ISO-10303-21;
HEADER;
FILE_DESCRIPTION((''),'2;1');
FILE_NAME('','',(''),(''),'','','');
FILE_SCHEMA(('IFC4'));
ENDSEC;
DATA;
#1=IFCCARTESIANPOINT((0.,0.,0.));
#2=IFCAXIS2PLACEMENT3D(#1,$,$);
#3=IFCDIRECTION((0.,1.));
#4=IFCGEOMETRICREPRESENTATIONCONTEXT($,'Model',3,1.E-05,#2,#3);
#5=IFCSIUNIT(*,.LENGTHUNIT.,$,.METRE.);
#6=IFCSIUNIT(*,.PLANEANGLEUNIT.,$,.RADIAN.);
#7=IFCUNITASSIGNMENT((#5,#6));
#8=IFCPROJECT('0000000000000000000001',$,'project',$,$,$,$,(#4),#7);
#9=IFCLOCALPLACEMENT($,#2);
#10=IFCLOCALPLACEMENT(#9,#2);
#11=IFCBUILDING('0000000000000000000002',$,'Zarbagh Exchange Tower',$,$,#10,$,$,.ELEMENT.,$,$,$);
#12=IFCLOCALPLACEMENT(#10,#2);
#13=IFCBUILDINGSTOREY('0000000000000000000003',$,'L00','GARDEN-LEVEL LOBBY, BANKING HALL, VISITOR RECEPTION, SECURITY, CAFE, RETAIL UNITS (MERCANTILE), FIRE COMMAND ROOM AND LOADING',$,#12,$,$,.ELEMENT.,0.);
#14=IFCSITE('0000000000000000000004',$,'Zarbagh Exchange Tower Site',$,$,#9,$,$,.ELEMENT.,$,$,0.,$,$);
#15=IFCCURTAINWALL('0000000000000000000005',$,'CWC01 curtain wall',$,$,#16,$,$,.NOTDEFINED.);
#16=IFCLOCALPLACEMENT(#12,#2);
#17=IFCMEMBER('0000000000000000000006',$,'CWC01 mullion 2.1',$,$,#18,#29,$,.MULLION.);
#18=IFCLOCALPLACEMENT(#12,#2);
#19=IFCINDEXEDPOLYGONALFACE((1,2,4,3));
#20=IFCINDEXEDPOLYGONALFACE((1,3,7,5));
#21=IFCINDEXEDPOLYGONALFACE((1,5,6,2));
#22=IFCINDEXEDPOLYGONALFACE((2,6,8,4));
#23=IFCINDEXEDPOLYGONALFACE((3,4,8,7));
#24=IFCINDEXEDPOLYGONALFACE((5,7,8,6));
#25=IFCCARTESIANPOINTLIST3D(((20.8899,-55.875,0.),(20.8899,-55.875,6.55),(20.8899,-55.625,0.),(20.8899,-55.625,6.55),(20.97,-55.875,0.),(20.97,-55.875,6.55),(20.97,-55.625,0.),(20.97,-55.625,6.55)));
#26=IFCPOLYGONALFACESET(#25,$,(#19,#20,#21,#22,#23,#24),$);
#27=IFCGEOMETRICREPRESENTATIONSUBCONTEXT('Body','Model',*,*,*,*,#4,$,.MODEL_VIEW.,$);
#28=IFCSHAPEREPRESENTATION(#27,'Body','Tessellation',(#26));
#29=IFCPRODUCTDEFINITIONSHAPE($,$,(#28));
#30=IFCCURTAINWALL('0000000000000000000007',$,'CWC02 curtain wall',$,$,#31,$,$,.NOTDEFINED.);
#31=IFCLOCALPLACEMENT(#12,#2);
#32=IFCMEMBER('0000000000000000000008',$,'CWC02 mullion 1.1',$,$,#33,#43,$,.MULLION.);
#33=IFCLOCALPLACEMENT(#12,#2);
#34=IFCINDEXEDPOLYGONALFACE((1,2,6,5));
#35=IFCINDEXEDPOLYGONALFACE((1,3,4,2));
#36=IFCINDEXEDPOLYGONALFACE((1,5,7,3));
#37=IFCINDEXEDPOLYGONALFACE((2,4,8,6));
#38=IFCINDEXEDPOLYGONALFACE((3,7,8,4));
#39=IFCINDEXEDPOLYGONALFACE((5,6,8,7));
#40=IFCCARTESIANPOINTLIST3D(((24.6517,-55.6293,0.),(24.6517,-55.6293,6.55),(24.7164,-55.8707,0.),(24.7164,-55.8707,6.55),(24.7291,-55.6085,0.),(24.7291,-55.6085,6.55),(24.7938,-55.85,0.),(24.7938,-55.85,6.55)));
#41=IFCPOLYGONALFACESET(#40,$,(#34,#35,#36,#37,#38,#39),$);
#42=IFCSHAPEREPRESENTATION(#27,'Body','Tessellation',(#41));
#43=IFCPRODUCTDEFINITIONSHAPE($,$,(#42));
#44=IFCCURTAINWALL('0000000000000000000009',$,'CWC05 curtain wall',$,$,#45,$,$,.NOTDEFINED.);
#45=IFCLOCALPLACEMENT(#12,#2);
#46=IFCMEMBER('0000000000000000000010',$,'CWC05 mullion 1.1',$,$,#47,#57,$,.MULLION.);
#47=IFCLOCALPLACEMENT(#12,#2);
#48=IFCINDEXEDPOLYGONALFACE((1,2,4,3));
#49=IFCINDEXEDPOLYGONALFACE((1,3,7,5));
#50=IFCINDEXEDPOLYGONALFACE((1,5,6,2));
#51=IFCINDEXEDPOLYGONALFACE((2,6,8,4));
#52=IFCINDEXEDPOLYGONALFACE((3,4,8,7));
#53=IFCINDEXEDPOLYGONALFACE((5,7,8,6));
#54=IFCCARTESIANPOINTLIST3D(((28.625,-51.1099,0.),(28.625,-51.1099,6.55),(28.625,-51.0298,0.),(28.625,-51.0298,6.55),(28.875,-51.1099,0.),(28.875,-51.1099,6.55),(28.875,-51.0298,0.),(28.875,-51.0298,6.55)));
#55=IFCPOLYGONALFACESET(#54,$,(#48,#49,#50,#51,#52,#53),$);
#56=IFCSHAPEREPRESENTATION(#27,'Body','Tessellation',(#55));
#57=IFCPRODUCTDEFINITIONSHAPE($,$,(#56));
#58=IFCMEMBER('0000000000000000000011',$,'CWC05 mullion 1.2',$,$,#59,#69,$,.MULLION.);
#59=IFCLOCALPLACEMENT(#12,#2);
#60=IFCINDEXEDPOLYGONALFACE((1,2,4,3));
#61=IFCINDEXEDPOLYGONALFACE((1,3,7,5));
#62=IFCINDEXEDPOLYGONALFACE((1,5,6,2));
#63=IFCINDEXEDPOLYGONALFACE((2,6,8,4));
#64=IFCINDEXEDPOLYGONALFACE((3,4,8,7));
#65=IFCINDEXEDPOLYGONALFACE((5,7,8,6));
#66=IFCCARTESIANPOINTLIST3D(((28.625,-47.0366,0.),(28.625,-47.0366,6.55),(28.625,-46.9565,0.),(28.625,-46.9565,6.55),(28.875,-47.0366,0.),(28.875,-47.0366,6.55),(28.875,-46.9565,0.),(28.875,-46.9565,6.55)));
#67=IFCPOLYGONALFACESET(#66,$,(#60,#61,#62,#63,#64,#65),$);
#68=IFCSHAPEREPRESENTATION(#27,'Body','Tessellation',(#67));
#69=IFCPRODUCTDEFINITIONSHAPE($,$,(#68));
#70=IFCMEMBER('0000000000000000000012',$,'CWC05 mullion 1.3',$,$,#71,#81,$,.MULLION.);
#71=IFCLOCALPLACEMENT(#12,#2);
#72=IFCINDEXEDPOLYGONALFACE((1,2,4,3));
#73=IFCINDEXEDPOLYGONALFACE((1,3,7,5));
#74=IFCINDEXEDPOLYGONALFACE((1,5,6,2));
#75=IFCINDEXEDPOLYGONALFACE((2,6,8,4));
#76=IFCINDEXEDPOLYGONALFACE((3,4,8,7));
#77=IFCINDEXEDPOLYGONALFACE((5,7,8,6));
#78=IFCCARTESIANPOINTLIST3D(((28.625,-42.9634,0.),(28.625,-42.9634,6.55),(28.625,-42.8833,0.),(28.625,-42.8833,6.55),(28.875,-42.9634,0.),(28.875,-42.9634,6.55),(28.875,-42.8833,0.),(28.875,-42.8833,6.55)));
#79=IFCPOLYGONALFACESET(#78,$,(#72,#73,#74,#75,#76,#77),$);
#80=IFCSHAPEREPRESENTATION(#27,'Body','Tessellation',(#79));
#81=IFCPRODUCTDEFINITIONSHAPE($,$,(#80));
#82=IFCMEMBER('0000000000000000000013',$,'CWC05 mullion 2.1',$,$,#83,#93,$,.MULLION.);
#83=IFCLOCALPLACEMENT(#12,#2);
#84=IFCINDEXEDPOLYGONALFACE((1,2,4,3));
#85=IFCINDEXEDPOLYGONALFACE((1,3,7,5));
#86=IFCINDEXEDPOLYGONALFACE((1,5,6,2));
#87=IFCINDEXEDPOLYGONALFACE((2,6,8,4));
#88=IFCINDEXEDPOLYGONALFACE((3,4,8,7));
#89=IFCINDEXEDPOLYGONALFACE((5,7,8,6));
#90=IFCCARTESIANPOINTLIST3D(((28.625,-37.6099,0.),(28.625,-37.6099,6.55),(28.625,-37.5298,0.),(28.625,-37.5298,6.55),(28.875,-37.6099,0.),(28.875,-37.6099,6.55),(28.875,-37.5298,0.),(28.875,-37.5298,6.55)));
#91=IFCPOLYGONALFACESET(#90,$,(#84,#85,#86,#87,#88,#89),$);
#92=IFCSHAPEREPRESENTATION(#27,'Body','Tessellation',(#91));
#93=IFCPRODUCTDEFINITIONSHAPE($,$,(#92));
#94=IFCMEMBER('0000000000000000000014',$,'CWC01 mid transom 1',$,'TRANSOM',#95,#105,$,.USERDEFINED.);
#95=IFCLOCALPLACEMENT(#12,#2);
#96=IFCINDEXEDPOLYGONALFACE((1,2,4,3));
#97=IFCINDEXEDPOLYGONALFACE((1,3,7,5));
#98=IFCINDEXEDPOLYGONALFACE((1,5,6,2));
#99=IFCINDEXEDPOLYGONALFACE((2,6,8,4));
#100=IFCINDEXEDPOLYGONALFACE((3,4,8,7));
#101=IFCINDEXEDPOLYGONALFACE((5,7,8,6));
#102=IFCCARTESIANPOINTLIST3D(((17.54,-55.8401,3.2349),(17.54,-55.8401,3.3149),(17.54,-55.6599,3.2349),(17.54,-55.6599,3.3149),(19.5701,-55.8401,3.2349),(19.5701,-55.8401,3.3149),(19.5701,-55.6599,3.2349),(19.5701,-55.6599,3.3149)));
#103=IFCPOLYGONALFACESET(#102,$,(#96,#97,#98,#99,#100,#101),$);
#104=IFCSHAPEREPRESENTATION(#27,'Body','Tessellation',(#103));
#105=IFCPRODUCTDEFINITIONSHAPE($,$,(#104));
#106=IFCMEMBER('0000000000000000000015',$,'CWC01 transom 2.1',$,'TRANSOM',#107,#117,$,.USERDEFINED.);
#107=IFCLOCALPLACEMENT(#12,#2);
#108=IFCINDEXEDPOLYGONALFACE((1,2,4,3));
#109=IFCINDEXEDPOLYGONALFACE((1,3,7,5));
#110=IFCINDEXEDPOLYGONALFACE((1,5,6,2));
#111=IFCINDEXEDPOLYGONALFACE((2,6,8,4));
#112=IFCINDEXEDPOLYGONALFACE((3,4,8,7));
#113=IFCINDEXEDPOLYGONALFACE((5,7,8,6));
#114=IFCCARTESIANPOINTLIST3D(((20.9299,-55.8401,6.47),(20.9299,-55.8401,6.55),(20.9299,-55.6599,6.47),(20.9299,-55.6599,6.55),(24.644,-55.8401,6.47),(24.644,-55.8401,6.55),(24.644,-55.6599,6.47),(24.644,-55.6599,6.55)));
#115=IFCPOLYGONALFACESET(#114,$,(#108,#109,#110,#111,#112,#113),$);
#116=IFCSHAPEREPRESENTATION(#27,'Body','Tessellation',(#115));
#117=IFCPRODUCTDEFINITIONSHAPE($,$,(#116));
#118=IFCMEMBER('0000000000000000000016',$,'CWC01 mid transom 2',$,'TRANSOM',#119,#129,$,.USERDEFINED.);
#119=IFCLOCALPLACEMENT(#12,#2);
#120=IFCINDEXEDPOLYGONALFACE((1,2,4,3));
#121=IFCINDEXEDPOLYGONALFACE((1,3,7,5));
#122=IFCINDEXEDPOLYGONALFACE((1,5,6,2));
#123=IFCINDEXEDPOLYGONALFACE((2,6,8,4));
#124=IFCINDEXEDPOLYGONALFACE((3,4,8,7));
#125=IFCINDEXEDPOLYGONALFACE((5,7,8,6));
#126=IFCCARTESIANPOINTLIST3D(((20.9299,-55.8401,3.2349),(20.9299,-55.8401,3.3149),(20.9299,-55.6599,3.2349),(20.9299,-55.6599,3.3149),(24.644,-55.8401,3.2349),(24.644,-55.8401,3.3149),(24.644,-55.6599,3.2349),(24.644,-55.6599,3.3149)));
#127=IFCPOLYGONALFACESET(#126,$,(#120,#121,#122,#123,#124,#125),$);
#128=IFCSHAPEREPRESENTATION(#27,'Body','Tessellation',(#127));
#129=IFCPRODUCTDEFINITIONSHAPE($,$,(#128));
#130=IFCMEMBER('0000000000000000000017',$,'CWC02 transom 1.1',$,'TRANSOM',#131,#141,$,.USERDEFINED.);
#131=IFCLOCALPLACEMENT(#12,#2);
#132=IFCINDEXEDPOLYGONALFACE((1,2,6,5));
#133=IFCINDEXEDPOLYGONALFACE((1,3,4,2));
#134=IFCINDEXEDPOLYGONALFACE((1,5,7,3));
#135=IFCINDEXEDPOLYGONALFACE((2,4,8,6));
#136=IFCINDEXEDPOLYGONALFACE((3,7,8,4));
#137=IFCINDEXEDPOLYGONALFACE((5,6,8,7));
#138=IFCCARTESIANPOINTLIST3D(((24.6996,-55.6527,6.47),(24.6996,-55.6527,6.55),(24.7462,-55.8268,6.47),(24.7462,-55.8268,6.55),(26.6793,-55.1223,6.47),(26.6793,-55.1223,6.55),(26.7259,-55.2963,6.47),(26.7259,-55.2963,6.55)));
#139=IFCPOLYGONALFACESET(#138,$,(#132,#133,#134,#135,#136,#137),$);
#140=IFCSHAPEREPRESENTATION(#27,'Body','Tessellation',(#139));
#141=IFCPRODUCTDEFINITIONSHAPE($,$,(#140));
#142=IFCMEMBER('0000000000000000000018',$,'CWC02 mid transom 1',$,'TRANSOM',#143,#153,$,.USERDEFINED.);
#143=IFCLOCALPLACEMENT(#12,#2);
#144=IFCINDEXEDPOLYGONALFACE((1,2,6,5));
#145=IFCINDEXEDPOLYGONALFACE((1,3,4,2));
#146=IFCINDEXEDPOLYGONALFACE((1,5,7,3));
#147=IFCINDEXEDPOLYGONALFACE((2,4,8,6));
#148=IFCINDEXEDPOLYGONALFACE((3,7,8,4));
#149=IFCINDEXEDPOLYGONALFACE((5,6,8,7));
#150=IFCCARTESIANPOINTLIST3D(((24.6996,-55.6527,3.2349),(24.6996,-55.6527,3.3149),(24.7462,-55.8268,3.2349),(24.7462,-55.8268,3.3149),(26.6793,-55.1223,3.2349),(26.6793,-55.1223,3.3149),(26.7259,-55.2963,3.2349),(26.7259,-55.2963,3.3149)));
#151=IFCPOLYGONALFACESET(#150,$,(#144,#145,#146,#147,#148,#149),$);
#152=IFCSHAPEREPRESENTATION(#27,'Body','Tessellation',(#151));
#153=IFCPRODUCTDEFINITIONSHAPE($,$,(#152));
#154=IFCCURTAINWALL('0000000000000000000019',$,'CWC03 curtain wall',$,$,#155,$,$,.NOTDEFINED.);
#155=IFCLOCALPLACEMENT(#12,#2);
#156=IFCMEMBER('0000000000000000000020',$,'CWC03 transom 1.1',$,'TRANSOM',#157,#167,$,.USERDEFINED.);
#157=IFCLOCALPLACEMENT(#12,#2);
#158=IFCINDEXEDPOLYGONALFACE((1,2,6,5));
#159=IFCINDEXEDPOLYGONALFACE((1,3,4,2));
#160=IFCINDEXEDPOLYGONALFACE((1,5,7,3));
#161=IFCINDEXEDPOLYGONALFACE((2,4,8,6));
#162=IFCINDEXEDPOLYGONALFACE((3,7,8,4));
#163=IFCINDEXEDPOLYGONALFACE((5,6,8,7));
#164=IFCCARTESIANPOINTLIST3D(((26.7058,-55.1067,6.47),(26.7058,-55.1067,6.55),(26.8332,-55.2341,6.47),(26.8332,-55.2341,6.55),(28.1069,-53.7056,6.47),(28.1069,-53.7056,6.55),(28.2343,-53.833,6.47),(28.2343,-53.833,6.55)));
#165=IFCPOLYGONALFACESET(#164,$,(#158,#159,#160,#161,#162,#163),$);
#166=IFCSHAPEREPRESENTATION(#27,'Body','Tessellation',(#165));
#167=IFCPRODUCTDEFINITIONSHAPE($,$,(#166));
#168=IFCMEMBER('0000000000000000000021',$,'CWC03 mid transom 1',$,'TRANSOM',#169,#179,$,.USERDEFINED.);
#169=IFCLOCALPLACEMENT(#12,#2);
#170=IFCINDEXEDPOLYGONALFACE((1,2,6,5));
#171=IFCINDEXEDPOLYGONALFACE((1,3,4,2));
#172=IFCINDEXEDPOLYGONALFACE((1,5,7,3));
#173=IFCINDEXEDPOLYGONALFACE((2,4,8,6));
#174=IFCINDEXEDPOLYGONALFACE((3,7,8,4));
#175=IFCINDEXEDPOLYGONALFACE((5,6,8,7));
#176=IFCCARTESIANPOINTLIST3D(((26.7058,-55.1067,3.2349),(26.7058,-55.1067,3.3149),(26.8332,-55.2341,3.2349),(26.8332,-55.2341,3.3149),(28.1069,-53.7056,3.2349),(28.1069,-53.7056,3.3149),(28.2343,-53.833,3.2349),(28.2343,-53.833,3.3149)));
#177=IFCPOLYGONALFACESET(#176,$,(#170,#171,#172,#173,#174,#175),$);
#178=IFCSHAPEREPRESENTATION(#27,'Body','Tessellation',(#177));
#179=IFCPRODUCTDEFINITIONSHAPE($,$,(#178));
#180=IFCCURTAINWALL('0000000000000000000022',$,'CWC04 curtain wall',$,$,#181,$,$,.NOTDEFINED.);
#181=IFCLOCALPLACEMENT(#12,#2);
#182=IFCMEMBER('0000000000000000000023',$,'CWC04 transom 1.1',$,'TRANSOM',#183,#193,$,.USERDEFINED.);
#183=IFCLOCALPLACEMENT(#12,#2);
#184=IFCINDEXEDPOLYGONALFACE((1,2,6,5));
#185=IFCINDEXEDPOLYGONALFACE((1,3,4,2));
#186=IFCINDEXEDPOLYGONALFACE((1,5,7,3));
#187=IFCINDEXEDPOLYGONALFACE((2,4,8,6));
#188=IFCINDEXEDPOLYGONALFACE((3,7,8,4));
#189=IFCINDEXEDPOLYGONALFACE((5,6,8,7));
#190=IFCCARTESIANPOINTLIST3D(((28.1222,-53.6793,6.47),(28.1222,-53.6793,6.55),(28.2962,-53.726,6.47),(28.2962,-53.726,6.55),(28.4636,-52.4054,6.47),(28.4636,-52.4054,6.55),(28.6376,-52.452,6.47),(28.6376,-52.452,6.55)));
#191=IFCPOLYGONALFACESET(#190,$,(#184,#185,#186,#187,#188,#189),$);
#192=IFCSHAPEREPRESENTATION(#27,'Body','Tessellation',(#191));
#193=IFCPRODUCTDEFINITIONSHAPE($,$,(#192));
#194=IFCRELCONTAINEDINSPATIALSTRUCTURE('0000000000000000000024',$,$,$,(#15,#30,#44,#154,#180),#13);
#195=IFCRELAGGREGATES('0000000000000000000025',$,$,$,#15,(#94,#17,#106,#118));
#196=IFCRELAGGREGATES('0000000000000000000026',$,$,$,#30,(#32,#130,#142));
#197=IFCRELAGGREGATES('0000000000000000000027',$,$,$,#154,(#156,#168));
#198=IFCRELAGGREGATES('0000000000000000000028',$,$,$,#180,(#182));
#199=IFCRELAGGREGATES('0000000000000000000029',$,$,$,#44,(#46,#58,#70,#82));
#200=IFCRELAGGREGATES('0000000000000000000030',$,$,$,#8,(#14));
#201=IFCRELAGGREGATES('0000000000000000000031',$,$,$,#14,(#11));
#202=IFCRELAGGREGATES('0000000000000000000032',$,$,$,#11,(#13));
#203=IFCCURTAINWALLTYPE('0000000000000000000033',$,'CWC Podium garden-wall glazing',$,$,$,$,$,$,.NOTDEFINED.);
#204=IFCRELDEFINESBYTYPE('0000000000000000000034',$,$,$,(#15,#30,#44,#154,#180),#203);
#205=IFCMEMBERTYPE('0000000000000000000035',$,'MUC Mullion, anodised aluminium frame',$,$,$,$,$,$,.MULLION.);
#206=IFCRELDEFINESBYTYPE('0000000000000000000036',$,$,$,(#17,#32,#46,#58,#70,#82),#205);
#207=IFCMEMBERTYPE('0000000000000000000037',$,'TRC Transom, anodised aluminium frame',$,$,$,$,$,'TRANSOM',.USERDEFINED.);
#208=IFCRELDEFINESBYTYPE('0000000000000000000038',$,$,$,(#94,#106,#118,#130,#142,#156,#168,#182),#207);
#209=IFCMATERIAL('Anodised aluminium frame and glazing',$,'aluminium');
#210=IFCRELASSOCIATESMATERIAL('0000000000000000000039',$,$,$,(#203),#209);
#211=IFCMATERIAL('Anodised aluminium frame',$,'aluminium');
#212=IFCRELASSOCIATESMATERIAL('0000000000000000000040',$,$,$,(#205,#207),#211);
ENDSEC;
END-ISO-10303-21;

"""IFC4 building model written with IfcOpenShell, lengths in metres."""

from ifc_helpers import new_model, si_unit, direction, origin, place, context, subcontext, project, spatial, polyline, outline, extrude, source, transform, mapped, material, type_object, element, aggregate, save


model = new_model("IFC4")

# Units and contexts
model_context = context("Model", 3, precision=1e-05, world=origin(), true_north=direction((0.0, 1.0)))
body_context = subcontext(model_context, "Body", "Model", "MODEL_VIEW")
ifc_project = project(units=[si_unit("LENGTHUNIT", "METRE"), si_unit("PLANEANGLEUNIT", "RADIAN")], contexts=[model_context])

# Site, building, storey
site_placement = place(None, origin())
site = spatial("IfcSite", under=ifc_project, at=site_placement, Name="Zarbagh Exchange Tower Site", CompositionType="ELEMENT", RefElevation=0.0)
building_placement = place(site_placement, origin())
building = spatial("IfcBuilding", under=site, at=building_placement, Name="Zarbagh Exchange Tower", CompositionType="ELEMENT")
storey_placement = place(building_placement, origin())
storey = spatial("IfcBuildingStorey", under=building, at=storey_placement, Name="L00", Description="GARDEN-LEVEL LOBBY, BANKING HALL, VISITOR RECEPTION, SECURITY, CAFE, RETAIL UNITS (MERCANTILE), FIRE COMMAND ROOM AND LOADING", CompositionType="ELEMENT", Elevation=0.0)

# Curtain walls, members
ifc_material_1 = material(Name="Anodised aluminium frame and glazing", Category="aluminium")
curtain_wall_type = type_object("IfcCurtainWallType", Name="CWC Podium garden-wall glazing", PredefinedType="NOTDEFINED", material=ifc_material_1)
curtain_wall_1_placement = place(storey_placement, origin())
curtain_wall_1 = element("IfcCurtainWall", 1, at=curtain_wall_1_placement, inside=storey, type_object=curtain_wall_type, Name="CWC01 curtain wall", PredefinedType="NOTDEFINED")
ifc_material_2 = material(Name="Anodised aluminium frame", Category="aluminium")
member_type_1 = type_object("IfcMemberType", Name="MUC Mullion, anodised aluminium frame", PredefinedType="MULLION", material=ifc_material_2)
shared_shape_1 = source(origin(), body_context, "Body", "SweptSolid", [
    extrude(outline(polyline([(0.0, -0.125), (0.0801, -0.125), (0.0801, 0.125), (0.0, 0.125), (0.0, -0.125)])), origin(), (0.0, 0.0, 1.0), 6.55),
])
placement = place(storey_placement, origin())
member_1 = element("IfcMember", 2, at=placement, type_object=member_type_1, Name="CWC01 mullion 2.1", PredefinedType="MULLION", context=body_context, shape_type="MappedRepresentation", body=[
    mapped(shared_shape_1, transform((20.8899, -55.75, 0.0), x_axis=(1.0, 0.0, 0.0), y_axis=(0.0, 1.0, 0.0), z_axis=(0.0, 0.0, 1.0))),
])
curtain_wall_2_placement = place(storey_placement, origin())
curtain_wall_2 = element("IfcCurtainWall", 3, at=curtain_wall_2_placement, inside=storey, type_object=curtain_wall_type, Name="CWC02 curtain wall", PredefinedType="NOTDEFINED")
member_2 = element("IfcMember", 4, at=placement, type_object=member_type_1, Name="CWC02 mullion 1.1", PredefinedType="MULLION", context=body_context, shape_type="MappedRepresentation", body=[
    mapped(shared_shape_1, transform((24.6841, -55.75, 0.0), x_axis=(0.965924, 0.258825, 0.0), y_axis=(-0.258825, 0.965924, 0.0), z_axis=(0.0, 0.0, 1.0))),
])

# Curtain wall, members
curtain_wall_3_placement = place(storey_placement, origin())
curtain_wall_3 = element("IfcCurtainWall", 5, at=curtain_wall_3_placement, inside=storey, type_object=curtain_wall_type, Name="CWC05 curtain wall", PredefinedType="NOTDEFINED")
member_3 = element("IfcMember", 6, at=placement, type_object=member_type_1, Name="CWC05 mullion 1.1", PredefinedType="MULLION", context=body_context, shape_type="MappedRepresentation", body=[
    mapped(shared_shape_1, transform((28.75, -51.1099, 0.0), x_axis=(0.0, 1.0, 0.0), y_axis=(-1.0, 0.0, 0.0), z_axis=(0.0, 0.0, 1.0))),
])
member_4 = element("IfcMember", 7, at=placement, type_object=member_type_1, Name="CWC05 mullion 1.2", PredefinedType="MULLION", context=body_context, shape_type="MappedRepresentation", body=[
    mapped(shared_shape_1, transform((28.75, -47.0366, 0.0), x_axis=(0.0, 1.0, 0.0), y_axis=(-1.0, 0.0, 0.0), z_axis=(0.0, 0.0, 1.0))),
])
member_5 = element("IfcMember", 8, at=placement, type_object=member_type_1, Name="CWC05 mullion 1.3", PredefinedType="MULLION", context=body_context, shape_type="MappedRepresentation", body=[
    mapped(shared_shape_1, transform((28.75, -42.9634, 0.0), x_axis=(0.0, 1.0, 0.0), y_axis=(-1.0, 0.0, 0.0), z_axis=(0.0, 0.0, 1.0))),
])
member_6 = element("IfcMember", 9, at=placement, type_object=member_type_1, Name="CWC05 mullion 2.1", PredefinedType="MULLION", context=body_context, shape_type="MappedRepresentation", body=[
    mapped(shared_shape_1, transform((28.75, -37.6099, 0.0), x_axis=(0.0, 1.0, 0.0), y_axis=(-1.0, 0.0, 0.0), z_axis=(0.0, 0.0, 1.0))),
])

# Members
member_type_2 = type_object("IfcMemberType", Name="TRC Transom, anodised aluminium frame", ElementType="TRANSOM", PredefinedType="USERDEFINED", material=ifc_material_2)
shared_shape_2 = source(origin(), body_context, "Body", "SweptSolid", [
    extrude(outline(polyline([(-0.04, -0.0901), (0.04, -0.0901), (0.04, 0.0901), (-0.04, 0.0901), (-0.04, -0.0901)])), origin(), (0.0, 0.0, 1.0), 2.03),
])
member_7 = element("IfcMember", 10, at=placement, type_object=member_type_2, Name="CWC01 mid transom 1", ObjectType="TRANSOM", PredefinedType="USERDEFINED", context=body_context, shape_type="MappedRepresentation", body=[
    mapped(shared_shape_2, transform((17.54, -55.75, 3.2749), x_axis=(0.0, 0.0, 1.0), y_axis=(0.0, -1.0, 0.0), z_axis=(1.0, 0.0, 0.0))),
])
shared_shape_3 = source(origin(), body_context, "Body", "SweptSolid", [
    extrude(outline(polyline([(-0.0801, -0.0901), (0.0, -0.0901), (0.0, 0.0901), (-0.0801, 0.0901), (-0.0801, -0.0901)])), origin(), (0.0, 0.0, 1.0), 3.7141),
])
member_8 = element("IfcMember", 11, at=placement, type_object=member_type_2, Name="CWC01 transom 2.1", ObjectType="TRANSOM", PredefinedType="USERDEFINED", context=body_context, shape_type="MappedRepresentation", body=[
    mapped(shared_shape_3, transform((20.9299, -55.75, 6.55), x_axis=(0.0, 0.0, 1.0), y_axis=(0.0, -1.0, 0.0), z_axis=(1.0, 0.0, 0.0))),
])
shared_shape_4 = source(origin(), body_context, "Body", "SweptSolid", [
    extrude(outline(polyline([(-0.04, -0.0901), (0.04, -0.0901), (0.04, 0.0901), (-0.04, 0.0901), (-0.04, -0.0901)])), origin(), (0.0, 0.0, 1.0), 3.7141),
])
member_9 = element("IfcMember", 12, at=placement, type_object=member_type_2, Name="CWC01 mid transom 2", ObjectType="TRANSOM", PredefinedType="USERDEFINED", context=body_context, shape_type="MappedRepresentation", body=[
    mapped(shared_shape_4, transform((20.9299, -55.75, 3.2749), x_axis=(0.0, 0.0, 1.0), y_axis=(0.0, -1.0, 0.0), z_axis=(1.0, 0.0, 0.0))),
])
shared_shape_5 = source(origin(), body_context, "Body", "SweptSolid", [
    extrude(outline(polyline([(-0.0801, -0.0901), (0.0, -0.0901), (0.0, 0.0901), (-0.0801, 0.0901), (-0.0801, -0.0901)])), origin(), (0.0, 0.0, 1.0), 2.0496),
])
member_10 = element("IfcMember", 13, at=placement, type_object=member_type_2, Name="CWC02 transom 1.1", ObjectType="TRANSOM", PredefinedType="USERDEFINED", context=body_context, shape_type="MappedRepresentation", body=[
    mapped(shared_shape_5, transform((24.7229, -55.7397, 6.55), x_axis=(0.0, 0.0, 1.0), y_axis=(0.258825, -0.965924, 0.0), z_axis=(0.965924, 0.258825, 0.0))),
])
shared_shape_6 = source(origin(), body_context, "Body", "SweptSolid", [
    extrude(outline(polyline([(-0.04, -0.0901), (0.04, -0.0901), (0.04, 0.0901), (-0.04, 0.0901), (-0.04, -0.0901)])), origin(), (0.0, 0.0, 1.0), 2.0496),
])
member_11 = element("IfcMember", 14, at=placement, type_object=member_type_2, Name="CWC02 mid transom 1", ObjectType="TRANSOM", PredefinedType="USERDEFINED", context=body_context, shape_type="MappedRepresentation", body=[
    mapped(shared_shape_6, transform((24.7229, -55.7397, 3.2749), x_axis=(0.0, 0.0, 1.0), y_axis=(0.258825, -0.965924, 0.0), z_axis=(0.965924, 0.258825, 0.0))),
])

# Curtain walls, members
curtain_wall_4_placement = place(storey_placement, origin())
curtain_wall_4 = element("IfcCurtainWall", 15, at=curtain_wall_4_placement, inside=storey, type_object=curtain_wall_type, Name="CWC03 curtain wall", PredefinedType="NOTDEFINED")
shared_shape_7 = source(origin(), body_context, "Body", "SweptSolid", [
    extrude(outline(polyline([(-0.0801, -0.0901), (0.0, -0.0901), (0.0, 0.0901), (-0.0801, 0.0901), (-0.0801, -0.0901)])), origin(), (0.0, 0.0, 1.0), 1.9814),
])
member_12 = element("IfcMember", 16, at=placement, type_object=member_type_2, Name="CWC03 transom 1.1", ObjectType="TRANSOM", PredefinedType="USERDEFINED", context=body_context, shape_type="MappedRepresentation", body=[
    mapped(shared_shape_7, transform((26.7695, -55.1704, 6.55), x_axis=(0.0, 0.0, 1.0), y_axis=(0.707107, -0.707107, 0.0), z_axis=(0.707107, 0.707107, 0.0))),
])
shared_shape_8 = source(origin(), body_context, "Body", "SweptSolid", [
    extrude(outline(polyline([(-0.04, -0.0901), (0.04, -0.0901), (0.04, 0.0901), (-0.04, 0.0901), (-0.04, -0.0901)])), origin(), (0.0, 0.0, 1.0), 1.9814),
])
member_13 = element("IfcMember", 17, at=placement, type_object=member_type_2, Name="CWC03 mid transom 1", ObjectType="TRANSOM", PredefinedType="USERDEFINED", context=body_context, shape_type="MappedRepresentation", body=[
    mapped(shared_shape_8, transform((26.7695, -55.1704, 3.2749), x_axis=(0.0, 0.0, 1.0), y_axis=(0.707107, -0.707107, 0.0), z_axis=(0.707107, 0.707107, 0.0))),
])
curtain_wall_5_placement = place(storey_placement, origin())
curtain_wall_5 = element("IfcCurtainWall", 18, at=curtain_wall_5_placement, inside=storey, type_object=curtain_wall_type, Name="CWC04 curtain wall", PredefinedType="NOTDEFINED")
shared_shape_9 = source(origin(), body_context, "Body", "SweptSolid", [
    extrude(outline(polyline([(-0.0801, -0.0901), (0.0, -0.0901), (0.0, 0.0901), (-0.0801, 0.0901), (-0.0801, -0.0901)])), origin(), (0.0, 0.0, 1.0), 1.3188),
])
member_14 = element("IfcMember", 19, at=placement, type_object=member_type_2, Name="CWC04 transom 1.1", ObjectType="TRANSOM", PredefinedType="USERDEFINED", context=body_context, shape_type="MappedRepresentation", body=[
    mapped(shared_shape_9, transform((28.2092, -53.7026, 6.55), x_axis=(0.0, 0.0, 1.0), y_axis=(0.965924, -0.258825, 0.0), z_axis=(0.258825, 0.965924, 0.0))),
])

aggregate(curtain_wall_1, [member_7, member_1, member_8, member_9])
aggregate(curtain_wall_2, [member_2, member_10, member_11])
aggregate(curtain_wall_4, [member_12, member_13])
aggregate(curtain_wall_5, [member_14])
aggregate(curtain_wall_3, [member_3, member_4, member_5, member_6])

save(model, "model.ifc")
